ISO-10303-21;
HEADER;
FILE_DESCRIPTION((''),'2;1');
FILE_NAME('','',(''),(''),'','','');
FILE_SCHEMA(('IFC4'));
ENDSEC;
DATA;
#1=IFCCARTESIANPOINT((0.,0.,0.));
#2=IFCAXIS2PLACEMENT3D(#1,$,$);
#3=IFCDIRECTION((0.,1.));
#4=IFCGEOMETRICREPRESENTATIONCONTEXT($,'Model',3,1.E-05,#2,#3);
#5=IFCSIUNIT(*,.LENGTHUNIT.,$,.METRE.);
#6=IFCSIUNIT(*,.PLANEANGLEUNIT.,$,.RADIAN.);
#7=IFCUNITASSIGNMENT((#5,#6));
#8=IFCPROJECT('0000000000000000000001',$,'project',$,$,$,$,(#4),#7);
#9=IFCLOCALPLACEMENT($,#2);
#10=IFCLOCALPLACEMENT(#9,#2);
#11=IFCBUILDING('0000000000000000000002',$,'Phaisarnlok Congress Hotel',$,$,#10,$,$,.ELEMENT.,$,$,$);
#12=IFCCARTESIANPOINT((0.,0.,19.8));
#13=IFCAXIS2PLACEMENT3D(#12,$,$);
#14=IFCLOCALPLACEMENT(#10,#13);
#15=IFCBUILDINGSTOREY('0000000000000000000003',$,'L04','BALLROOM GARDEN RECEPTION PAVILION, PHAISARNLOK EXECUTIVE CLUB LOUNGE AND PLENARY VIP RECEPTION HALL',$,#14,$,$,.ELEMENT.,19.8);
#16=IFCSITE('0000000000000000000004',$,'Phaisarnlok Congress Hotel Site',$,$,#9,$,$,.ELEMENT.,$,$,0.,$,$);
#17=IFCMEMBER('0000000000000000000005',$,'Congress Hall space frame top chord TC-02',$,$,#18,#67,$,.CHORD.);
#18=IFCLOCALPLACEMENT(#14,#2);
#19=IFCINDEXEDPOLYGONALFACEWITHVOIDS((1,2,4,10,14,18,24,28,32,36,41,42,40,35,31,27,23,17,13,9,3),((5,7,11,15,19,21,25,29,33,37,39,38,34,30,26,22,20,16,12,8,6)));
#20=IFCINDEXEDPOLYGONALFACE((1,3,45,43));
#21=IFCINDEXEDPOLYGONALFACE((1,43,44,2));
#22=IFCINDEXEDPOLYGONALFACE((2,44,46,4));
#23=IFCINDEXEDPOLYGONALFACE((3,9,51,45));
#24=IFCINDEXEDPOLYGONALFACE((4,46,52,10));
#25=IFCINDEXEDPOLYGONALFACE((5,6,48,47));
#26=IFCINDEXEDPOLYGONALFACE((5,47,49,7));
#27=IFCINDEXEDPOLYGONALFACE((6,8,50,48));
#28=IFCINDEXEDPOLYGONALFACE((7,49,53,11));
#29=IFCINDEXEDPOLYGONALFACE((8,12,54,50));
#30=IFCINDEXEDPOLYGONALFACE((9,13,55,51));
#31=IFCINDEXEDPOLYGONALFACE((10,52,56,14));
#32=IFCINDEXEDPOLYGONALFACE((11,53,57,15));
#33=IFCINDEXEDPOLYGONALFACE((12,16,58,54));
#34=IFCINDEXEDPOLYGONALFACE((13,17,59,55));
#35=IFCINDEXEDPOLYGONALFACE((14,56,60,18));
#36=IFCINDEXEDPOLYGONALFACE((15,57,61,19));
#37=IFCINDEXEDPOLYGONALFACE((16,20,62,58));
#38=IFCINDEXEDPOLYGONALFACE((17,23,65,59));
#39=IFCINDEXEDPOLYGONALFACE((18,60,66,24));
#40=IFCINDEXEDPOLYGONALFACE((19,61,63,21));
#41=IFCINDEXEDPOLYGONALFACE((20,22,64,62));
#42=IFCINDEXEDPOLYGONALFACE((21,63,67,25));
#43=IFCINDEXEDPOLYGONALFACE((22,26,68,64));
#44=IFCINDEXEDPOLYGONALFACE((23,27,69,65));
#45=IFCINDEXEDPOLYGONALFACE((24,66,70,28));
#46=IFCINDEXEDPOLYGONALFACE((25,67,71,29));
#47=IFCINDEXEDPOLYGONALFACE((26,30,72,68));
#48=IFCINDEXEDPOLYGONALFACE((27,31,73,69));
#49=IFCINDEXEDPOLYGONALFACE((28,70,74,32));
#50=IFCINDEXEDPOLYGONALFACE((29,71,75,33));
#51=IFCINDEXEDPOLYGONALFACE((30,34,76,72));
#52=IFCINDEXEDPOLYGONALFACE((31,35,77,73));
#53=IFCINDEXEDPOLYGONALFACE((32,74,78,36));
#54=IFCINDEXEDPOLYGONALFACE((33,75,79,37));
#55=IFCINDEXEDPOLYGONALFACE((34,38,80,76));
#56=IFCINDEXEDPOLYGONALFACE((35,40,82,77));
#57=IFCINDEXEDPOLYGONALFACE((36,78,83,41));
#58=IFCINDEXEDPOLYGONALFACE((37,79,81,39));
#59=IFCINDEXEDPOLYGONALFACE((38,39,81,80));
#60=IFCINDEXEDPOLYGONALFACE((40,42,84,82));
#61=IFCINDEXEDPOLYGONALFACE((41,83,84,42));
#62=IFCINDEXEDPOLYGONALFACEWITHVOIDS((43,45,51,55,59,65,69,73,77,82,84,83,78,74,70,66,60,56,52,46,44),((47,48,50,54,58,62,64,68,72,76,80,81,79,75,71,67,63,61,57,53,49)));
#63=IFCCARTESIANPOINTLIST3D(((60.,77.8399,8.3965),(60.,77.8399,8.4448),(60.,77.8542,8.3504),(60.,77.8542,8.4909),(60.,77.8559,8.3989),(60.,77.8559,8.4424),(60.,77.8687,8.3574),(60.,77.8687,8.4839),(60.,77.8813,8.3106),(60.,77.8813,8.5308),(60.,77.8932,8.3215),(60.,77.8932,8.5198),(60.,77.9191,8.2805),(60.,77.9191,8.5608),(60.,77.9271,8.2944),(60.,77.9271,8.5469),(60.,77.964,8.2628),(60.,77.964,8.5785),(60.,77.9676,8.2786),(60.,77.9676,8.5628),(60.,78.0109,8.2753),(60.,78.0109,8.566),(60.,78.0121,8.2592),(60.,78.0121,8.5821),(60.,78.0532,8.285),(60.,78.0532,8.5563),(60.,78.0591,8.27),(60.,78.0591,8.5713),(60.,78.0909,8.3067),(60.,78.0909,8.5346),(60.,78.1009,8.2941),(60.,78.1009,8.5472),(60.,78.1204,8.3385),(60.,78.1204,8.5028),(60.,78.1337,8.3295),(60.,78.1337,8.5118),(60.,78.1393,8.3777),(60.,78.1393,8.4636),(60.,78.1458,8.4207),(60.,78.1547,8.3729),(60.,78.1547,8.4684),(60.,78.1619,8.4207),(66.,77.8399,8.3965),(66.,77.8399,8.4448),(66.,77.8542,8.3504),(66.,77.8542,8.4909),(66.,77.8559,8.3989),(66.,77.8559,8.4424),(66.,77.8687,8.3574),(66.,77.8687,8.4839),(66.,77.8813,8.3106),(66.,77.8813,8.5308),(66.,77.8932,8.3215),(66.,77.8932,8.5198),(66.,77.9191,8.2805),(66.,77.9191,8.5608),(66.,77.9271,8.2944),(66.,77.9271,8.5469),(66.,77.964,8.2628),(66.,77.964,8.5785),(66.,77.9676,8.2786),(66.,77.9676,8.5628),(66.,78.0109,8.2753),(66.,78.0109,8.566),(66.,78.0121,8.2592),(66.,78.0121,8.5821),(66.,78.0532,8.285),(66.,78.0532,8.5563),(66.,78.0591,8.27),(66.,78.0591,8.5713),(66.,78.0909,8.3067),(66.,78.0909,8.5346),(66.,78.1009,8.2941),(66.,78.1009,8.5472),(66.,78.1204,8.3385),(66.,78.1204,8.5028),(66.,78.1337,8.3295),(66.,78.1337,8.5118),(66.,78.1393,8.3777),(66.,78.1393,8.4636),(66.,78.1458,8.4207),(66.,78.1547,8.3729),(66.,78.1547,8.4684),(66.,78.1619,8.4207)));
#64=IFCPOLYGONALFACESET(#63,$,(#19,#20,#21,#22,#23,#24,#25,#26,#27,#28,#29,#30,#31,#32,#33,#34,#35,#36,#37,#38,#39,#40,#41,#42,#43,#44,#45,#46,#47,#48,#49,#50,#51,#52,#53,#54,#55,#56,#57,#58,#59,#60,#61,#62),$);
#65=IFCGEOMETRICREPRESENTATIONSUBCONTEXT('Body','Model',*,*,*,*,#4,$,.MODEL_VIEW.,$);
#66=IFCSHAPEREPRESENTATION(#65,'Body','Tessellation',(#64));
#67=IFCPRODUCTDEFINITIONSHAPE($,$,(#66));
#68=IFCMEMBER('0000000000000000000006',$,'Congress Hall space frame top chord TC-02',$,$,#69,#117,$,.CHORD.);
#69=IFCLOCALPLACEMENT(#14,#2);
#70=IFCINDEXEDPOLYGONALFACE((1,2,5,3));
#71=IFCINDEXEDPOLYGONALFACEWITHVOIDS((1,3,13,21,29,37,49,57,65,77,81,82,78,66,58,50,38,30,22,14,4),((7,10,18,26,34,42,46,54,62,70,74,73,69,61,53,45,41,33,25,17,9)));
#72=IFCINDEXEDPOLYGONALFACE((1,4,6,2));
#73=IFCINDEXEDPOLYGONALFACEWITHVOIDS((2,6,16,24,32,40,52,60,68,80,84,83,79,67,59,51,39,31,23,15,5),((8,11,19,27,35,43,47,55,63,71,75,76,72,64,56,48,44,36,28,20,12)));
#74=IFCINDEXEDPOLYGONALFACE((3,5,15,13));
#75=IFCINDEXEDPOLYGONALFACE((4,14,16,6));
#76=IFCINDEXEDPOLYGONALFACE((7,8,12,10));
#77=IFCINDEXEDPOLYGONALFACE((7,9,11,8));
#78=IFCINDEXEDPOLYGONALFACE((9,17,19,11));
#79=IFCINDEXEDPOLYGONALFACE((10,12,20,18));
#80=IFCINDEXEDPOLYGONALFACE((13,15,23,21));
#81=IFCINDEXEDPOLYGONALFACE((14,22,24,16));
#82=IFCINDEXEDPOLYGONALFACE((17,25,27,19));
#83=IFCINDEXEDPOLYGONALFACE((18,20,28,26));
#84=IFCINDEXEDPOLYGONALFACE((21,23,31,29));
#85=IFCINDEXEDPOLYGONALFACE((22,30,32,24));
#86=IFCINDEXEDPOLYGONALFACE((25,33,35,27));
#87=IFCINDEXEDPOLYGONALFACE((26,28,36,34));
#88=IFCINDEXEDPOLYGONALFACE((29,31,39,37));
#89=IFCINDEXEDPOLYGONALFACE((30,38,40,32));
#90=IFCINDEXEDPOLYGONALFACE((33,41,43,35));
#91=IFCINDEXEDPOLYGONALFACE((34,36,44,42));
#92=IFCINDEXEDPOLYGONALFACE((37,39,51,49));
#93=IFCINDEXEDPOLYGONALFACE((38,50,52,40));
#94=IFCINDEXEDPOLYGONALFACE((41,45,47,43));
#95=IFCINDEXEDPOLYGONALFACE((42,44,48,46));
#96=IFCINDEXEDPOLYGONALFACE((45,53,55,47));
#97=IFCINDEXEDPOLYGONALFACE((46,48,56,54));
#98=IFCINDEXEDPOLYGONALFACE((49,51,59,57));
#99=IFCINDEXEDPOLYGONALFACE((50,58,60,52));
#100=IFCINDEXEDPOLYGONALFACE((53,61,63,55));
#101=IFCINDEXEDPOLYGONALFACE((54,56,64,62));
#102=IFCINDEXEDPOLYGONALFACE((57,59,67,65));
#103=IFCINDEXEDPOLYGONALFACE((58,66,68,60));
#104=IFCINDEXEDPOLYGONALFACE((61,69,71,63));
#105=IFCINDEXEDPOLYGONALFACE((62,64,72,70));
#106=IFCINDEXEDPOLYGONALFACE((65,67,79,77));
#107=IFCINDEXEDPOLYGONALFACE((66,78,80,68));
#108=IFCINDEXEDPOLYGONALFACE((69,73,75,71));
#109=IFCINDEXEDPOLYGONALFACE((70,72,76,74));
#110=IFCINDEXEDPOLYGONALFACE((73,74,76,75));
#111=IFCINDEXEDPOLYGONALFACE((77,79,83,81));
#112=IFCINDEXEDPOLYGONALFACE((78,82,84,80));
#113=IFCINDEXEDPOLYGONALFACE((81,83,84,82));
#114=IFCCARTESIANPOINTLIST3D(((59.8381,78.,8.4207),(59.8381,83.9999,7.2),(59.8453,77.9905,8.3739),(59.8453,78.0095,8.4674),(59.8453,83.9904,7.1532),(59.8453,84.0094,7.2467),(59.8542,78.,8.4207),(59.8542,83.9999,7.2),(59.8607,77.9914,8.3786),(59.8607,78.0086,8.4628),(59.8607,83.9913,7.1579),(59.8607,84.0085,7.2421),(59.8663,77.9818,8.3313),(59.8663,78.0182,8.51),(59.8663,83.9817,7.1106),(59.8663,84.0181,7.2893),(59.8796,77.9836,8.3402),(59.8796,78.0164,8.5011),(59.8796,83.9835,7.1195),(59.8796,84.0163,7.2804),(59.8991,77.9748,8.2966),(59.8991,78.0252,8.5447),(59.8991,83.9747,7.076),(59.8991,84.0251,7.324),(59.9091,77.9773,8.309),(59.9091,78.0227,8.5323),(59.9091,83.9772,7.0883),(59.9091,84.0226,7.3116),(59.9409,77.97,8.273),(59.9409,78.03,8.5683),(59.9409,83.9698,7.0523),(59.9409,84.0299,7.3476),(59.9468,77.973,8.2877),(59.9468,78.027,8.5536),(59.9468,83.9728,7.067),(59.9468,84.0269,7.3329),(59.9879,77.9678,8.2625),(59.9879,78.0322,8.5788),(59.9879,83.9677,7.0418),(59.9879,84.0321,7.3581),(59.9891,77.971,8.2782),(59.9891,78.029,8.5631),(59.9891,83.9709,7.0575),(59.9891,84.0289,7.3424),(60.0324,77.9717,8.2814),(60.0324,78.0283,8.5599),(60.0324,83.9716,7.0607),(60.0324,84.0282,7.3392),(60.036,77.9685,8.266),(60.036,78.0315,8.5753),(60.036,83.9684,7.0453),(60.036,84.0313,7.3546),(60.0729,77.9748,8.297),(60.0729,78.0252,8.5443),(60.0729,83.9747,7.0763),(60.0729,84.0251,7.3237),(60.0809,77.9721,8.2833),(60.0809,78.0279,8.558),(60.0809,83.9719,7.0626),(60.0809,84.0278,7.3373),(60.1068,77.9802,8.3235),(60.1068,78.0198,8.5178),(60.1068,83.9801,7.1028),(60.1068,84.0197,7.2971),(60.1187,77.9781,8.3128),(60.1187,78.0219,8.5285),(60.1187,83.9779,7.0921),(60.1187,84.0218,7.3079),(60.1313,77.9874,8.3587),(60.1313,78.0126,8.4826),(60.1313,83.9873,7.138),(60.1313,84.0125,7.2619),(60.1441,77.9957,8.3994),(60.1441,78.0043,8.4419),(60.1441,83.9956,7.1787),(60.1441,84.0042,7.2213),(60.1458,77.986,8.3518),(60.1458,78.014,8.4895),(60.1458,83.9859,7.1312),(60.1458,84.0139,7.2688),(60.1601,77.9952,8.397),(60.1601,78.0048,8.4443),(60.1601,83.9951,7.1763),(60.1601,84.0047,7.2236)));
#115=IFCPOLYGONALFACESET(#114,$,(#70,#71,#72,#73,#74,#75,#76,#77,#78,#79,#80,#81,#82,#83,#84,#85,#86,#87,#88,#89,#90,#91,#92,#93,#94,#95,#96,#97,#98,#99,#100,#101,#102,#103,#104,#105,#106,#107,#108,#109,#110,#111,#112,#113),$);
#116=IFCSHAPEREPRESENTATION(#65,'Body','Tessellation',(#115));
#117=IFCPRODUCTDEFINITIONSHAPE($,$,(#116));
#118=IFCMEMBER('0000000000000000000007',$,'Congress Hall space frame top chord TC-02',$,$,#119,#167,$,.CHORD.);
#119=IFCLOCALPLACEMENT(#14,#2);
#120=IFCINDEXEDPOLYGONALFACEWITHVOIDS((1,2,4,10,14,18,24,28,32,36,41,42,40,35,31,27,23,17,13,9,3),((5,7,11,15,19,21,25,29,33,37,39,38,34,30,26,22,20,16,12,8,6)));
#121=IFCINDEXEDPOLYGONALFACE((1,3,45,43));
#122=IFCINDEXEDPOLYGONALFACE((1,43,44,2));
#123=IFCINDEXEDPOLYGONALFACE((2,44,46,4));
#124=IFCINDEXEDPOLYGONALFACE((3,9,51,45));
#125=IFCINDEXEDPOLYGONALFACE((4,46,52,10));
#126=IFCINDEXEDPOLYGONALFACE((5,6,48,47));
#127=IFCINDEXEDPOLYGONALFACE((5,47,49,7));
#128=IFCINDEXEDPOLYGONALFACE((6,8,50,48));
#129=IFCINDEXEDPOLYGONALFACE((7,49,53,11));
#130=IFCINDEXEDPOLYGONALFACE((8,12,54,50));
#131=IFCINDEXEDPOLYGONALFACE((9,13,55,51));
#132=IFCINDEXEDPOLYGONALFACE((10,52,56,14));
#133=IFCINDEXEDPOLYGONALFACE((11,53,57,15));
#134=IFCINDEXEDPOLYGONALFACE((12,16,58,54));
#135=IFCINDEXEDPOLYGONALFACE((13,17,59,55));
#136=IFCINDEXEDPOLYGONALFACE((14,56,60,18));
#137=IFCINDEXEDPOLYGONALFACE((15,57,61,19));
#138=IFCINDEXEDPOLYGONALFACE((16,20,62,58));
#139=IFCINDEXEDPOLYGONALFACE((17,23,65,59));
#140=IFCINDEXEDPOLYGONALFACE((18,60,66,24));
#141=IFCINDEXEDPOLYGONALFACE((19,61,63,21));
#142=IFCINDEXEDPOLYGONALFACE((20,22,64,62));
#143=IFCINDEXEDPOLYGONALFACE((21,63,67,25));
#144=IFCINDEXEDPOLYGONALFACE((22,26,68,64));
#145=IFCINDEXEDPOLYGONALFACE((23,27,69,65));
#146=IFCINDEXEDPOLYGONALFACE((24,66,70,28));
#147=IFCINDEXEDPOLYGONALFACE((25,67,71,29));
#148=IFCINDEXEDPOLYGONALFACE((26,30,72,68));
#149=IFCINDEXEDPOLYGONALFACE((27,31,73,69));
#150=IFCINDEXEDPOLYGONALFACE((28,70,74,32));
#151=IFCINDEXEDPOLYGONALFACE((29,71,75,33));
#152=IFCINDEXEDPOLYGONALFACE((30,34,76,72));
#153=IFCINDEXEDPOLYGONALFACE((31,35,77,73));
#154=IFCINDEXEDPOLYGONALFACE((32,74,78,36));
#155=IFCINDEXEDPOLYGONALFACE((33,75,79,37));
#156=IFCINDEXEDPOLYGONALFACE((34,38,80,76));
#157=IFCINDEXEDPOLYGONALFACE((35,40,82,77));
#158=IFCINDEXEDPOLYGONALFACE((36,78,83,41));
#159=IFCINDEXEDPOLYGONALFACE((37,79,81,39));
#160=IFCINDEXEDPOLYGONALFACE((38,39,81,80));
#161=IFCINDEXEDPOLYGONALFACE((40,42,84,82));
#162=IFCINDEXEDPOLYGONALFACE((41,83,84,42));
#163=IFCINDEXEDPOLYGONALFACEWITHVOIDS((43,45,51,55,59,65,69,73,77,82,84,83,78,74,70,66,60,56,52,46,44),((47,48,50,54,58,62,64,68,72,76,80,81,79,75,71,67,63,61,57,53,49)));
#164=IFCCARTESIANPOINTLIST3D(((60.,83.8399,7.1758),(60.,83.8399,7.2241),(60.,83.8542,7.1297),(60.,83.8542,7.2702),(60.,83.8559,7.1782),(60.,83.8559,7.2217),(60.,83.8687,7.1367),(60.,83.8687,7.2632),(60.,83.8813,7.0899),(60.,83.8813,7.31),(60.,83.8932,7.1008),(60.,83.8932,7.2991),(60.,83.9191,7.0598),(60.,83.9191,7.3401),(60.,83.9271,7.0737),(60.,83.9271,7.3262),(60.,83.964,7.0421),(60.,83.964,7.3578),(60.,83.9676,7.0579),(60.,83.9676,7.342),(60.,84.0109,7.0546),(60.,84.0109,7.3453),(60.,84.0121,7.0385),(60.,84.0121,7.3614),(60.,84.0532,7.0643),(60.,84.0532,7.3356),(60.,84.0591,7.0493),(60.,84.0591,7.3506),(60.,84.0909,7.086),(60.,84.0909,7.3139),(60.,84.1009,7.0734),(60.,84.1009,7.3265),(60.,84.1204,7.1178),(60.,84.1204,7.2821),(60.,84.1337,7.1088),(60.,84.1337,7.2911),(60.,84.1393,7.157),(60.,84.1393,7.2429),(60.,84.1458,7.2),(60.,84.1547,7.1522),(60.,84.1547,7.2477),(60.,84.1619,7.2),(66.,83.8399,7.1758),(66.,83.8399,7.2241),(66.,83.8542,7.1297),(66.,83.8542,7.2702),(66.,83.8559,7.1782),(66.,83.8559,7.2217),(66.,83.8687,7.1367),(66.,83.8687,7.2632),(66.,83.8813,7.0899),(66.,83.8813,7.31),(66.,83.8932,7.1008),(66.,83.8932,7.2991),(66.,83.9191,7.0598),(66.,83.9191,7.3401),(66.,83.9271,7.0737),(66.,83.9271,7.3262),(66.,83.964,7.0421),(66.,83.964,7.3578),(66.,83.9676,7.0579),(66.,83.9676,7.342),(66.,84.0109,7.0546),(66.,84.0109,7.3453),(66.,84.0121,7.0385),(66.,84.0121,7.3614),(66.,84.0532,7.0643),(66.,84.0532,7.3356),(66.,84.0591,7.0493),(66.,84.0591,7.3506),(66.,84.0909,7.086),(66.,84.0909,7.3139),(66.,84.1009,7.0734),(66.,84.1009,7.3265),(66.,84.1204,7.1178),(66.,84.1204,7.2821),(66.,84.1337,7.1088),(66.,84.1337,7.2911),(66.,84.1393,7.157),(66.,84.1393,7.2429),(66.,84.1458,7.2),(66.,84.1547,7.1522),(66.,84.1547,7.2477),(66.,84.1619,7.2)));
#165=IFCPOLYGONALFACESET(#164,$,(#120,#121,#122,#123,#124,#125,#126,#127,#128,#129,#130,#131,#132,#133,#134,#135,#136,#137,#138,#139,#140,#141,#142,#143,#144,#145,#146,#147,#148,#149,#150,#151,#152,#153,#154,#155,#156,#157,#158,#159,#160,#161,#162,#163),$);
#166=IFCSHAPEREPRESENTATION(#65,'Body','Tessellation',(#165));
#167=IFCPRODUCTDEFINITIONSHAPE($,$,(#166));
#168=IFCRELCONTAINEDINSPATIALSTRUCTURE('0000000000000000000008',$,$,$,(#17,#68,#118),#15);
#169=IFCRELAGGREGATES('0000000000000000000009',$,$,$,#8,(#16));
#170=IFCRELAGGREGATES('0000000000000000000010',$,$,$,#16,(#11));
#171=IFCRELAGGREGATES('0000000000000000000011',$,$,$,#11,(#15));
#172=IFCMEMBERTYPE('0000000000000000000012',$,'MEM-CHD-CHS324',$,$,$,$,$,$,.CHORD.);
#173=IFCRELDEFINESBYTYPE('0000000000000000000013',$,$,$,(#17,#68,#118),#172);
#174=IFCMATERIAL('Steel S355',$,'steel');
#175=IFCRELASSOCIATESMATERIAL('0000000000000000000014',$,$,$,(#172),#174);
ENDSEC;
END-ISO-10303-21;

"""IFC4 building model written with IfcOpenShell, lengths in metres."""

from ifc_helpers import new_model, si_unit, direction, frame, origin, origin_2d, place, context, subcontext, project, spatial, hollow_circle, extrude, material, material_profile, profile_set, type_object, element, save


model = new_model("IFC4")

# Units and contexts
model_context = context("Model", 3, precision=1e-05, world=origin(), true_north=direction((0.0, 1.0)))
body_context = subcontext(model_context, "Body", "Model", "MODEL_VIEW")
ifc_project = project(units=[si_unit("LENGTHUNIT", "METRE"), si_unit("PLANEANGLEUNIT", "RADIAN")], contexts=[model_context])

# Site, building, storey
site_placement = place(None, origin())
site = spatial("IfcSite", under=ifc_project, at=site_placement, Name="Phaisarnlok Congress Hotel Site", CompositionType="ELEMENT", RefElevation=0.0)
building_placement = place(site_placement, origin())
building = spatial("IfcBuilding", under=site, at=building_placement, Name="Phaisarnlok Congress Hotel", CompositionType="ELEMENT")
storey_placement = place(building_placement, frame((0.0, 0.0, 19.8)))
storey = spatial("IfcBuildingStorey", under=building, at=storey_placement, Name="L04", Description="BALLROOM GARDEN RECEPTION PAVILION, PHAISARNLOK EXECUTIVE CLUB LOUNGE AND PLENARY VIP RECEPTION HALL", CompositionType="ELEMENT", Elevation=19.8)

# Shared definitions
ifc_material_1 = material(Name="Steel S355", Category="steel")

# Members
ifc_material_profile_1 = material_profile(ifc_material_1, hollow_circle(Radius=0.1619, WallThickness=0.0161, at=origin_2d()), Name="CHS 323.9x16")
ifc_profile_set_1 = profile_set([ifc_material_profile_1], Name="Steel S355")
member_type_1 = type_object("IfcMemberType", Name="MEM-CHD-CHS324", PredefinedType="CHORD", material=ifc_profile_set_1)
member_1_placement = place(storey_placement, frame((60.0, 78.0, 8.4207), z_axis=(1.0, 0.0, 0.0), x_axis=(0.0, 1.0, 0.0)))
element("IfcMember", 1, at=member_1_placement, inside=storey, type_object=member_type_1, Name="Congress Hall space frame top chord TC-02", PredefinedType="CHORD", context=body_context, shape_type="SweptSolid", body=[
    extrude(hollow_circle(Radius=0.1619, WallThickness=0.0161, at=origin_2d()), origin(), (0.0, 0.0, 1.0), 6.0),
])
member_2_placement = place(storey_placement, frame((60.0, 78.0, 8.4207), z_axis=(0.0, 0.979925, -0.199366), x_axis=(-1.0, 0.0, 0.0)))
element("IfcMember", 2, at=member_2_placement, inside=storey, type_object=member_type_1, Name="Congress Hall space frame top chord TC-02", PredefinedType="CHORD", context=body_context, shape_type="SweptSolid", body=[
    extrude(hollow_circle(Radius=0.1619, WallThickness=0.0161, at=origin_2d()), origin(), (0.0, 0.0, 1.0), 6.1228),
])
member_3_placement = place(storey_placement, frame((60.0, 84.0, 7.2), z_axis=(1.0, 0.0, 0.0), x_axis=(0.0, 1.0, 0.0)))
element("IfcMember", 3, at=member_3_placement, inside=storey, type_object=member_type_1, Name="Congress Hall space frame top chord TC-02", PredefinedType="CHORD", context=body_context, shape_type="SweptSolid", body=[
    extrude(hollow_circle(Radius=0.1619, WallThickness=0.0161, at=origin_2d()), origin(), (0.0, 0.0, 1.0), 6.0),
])

save(model, "model.ifc")
